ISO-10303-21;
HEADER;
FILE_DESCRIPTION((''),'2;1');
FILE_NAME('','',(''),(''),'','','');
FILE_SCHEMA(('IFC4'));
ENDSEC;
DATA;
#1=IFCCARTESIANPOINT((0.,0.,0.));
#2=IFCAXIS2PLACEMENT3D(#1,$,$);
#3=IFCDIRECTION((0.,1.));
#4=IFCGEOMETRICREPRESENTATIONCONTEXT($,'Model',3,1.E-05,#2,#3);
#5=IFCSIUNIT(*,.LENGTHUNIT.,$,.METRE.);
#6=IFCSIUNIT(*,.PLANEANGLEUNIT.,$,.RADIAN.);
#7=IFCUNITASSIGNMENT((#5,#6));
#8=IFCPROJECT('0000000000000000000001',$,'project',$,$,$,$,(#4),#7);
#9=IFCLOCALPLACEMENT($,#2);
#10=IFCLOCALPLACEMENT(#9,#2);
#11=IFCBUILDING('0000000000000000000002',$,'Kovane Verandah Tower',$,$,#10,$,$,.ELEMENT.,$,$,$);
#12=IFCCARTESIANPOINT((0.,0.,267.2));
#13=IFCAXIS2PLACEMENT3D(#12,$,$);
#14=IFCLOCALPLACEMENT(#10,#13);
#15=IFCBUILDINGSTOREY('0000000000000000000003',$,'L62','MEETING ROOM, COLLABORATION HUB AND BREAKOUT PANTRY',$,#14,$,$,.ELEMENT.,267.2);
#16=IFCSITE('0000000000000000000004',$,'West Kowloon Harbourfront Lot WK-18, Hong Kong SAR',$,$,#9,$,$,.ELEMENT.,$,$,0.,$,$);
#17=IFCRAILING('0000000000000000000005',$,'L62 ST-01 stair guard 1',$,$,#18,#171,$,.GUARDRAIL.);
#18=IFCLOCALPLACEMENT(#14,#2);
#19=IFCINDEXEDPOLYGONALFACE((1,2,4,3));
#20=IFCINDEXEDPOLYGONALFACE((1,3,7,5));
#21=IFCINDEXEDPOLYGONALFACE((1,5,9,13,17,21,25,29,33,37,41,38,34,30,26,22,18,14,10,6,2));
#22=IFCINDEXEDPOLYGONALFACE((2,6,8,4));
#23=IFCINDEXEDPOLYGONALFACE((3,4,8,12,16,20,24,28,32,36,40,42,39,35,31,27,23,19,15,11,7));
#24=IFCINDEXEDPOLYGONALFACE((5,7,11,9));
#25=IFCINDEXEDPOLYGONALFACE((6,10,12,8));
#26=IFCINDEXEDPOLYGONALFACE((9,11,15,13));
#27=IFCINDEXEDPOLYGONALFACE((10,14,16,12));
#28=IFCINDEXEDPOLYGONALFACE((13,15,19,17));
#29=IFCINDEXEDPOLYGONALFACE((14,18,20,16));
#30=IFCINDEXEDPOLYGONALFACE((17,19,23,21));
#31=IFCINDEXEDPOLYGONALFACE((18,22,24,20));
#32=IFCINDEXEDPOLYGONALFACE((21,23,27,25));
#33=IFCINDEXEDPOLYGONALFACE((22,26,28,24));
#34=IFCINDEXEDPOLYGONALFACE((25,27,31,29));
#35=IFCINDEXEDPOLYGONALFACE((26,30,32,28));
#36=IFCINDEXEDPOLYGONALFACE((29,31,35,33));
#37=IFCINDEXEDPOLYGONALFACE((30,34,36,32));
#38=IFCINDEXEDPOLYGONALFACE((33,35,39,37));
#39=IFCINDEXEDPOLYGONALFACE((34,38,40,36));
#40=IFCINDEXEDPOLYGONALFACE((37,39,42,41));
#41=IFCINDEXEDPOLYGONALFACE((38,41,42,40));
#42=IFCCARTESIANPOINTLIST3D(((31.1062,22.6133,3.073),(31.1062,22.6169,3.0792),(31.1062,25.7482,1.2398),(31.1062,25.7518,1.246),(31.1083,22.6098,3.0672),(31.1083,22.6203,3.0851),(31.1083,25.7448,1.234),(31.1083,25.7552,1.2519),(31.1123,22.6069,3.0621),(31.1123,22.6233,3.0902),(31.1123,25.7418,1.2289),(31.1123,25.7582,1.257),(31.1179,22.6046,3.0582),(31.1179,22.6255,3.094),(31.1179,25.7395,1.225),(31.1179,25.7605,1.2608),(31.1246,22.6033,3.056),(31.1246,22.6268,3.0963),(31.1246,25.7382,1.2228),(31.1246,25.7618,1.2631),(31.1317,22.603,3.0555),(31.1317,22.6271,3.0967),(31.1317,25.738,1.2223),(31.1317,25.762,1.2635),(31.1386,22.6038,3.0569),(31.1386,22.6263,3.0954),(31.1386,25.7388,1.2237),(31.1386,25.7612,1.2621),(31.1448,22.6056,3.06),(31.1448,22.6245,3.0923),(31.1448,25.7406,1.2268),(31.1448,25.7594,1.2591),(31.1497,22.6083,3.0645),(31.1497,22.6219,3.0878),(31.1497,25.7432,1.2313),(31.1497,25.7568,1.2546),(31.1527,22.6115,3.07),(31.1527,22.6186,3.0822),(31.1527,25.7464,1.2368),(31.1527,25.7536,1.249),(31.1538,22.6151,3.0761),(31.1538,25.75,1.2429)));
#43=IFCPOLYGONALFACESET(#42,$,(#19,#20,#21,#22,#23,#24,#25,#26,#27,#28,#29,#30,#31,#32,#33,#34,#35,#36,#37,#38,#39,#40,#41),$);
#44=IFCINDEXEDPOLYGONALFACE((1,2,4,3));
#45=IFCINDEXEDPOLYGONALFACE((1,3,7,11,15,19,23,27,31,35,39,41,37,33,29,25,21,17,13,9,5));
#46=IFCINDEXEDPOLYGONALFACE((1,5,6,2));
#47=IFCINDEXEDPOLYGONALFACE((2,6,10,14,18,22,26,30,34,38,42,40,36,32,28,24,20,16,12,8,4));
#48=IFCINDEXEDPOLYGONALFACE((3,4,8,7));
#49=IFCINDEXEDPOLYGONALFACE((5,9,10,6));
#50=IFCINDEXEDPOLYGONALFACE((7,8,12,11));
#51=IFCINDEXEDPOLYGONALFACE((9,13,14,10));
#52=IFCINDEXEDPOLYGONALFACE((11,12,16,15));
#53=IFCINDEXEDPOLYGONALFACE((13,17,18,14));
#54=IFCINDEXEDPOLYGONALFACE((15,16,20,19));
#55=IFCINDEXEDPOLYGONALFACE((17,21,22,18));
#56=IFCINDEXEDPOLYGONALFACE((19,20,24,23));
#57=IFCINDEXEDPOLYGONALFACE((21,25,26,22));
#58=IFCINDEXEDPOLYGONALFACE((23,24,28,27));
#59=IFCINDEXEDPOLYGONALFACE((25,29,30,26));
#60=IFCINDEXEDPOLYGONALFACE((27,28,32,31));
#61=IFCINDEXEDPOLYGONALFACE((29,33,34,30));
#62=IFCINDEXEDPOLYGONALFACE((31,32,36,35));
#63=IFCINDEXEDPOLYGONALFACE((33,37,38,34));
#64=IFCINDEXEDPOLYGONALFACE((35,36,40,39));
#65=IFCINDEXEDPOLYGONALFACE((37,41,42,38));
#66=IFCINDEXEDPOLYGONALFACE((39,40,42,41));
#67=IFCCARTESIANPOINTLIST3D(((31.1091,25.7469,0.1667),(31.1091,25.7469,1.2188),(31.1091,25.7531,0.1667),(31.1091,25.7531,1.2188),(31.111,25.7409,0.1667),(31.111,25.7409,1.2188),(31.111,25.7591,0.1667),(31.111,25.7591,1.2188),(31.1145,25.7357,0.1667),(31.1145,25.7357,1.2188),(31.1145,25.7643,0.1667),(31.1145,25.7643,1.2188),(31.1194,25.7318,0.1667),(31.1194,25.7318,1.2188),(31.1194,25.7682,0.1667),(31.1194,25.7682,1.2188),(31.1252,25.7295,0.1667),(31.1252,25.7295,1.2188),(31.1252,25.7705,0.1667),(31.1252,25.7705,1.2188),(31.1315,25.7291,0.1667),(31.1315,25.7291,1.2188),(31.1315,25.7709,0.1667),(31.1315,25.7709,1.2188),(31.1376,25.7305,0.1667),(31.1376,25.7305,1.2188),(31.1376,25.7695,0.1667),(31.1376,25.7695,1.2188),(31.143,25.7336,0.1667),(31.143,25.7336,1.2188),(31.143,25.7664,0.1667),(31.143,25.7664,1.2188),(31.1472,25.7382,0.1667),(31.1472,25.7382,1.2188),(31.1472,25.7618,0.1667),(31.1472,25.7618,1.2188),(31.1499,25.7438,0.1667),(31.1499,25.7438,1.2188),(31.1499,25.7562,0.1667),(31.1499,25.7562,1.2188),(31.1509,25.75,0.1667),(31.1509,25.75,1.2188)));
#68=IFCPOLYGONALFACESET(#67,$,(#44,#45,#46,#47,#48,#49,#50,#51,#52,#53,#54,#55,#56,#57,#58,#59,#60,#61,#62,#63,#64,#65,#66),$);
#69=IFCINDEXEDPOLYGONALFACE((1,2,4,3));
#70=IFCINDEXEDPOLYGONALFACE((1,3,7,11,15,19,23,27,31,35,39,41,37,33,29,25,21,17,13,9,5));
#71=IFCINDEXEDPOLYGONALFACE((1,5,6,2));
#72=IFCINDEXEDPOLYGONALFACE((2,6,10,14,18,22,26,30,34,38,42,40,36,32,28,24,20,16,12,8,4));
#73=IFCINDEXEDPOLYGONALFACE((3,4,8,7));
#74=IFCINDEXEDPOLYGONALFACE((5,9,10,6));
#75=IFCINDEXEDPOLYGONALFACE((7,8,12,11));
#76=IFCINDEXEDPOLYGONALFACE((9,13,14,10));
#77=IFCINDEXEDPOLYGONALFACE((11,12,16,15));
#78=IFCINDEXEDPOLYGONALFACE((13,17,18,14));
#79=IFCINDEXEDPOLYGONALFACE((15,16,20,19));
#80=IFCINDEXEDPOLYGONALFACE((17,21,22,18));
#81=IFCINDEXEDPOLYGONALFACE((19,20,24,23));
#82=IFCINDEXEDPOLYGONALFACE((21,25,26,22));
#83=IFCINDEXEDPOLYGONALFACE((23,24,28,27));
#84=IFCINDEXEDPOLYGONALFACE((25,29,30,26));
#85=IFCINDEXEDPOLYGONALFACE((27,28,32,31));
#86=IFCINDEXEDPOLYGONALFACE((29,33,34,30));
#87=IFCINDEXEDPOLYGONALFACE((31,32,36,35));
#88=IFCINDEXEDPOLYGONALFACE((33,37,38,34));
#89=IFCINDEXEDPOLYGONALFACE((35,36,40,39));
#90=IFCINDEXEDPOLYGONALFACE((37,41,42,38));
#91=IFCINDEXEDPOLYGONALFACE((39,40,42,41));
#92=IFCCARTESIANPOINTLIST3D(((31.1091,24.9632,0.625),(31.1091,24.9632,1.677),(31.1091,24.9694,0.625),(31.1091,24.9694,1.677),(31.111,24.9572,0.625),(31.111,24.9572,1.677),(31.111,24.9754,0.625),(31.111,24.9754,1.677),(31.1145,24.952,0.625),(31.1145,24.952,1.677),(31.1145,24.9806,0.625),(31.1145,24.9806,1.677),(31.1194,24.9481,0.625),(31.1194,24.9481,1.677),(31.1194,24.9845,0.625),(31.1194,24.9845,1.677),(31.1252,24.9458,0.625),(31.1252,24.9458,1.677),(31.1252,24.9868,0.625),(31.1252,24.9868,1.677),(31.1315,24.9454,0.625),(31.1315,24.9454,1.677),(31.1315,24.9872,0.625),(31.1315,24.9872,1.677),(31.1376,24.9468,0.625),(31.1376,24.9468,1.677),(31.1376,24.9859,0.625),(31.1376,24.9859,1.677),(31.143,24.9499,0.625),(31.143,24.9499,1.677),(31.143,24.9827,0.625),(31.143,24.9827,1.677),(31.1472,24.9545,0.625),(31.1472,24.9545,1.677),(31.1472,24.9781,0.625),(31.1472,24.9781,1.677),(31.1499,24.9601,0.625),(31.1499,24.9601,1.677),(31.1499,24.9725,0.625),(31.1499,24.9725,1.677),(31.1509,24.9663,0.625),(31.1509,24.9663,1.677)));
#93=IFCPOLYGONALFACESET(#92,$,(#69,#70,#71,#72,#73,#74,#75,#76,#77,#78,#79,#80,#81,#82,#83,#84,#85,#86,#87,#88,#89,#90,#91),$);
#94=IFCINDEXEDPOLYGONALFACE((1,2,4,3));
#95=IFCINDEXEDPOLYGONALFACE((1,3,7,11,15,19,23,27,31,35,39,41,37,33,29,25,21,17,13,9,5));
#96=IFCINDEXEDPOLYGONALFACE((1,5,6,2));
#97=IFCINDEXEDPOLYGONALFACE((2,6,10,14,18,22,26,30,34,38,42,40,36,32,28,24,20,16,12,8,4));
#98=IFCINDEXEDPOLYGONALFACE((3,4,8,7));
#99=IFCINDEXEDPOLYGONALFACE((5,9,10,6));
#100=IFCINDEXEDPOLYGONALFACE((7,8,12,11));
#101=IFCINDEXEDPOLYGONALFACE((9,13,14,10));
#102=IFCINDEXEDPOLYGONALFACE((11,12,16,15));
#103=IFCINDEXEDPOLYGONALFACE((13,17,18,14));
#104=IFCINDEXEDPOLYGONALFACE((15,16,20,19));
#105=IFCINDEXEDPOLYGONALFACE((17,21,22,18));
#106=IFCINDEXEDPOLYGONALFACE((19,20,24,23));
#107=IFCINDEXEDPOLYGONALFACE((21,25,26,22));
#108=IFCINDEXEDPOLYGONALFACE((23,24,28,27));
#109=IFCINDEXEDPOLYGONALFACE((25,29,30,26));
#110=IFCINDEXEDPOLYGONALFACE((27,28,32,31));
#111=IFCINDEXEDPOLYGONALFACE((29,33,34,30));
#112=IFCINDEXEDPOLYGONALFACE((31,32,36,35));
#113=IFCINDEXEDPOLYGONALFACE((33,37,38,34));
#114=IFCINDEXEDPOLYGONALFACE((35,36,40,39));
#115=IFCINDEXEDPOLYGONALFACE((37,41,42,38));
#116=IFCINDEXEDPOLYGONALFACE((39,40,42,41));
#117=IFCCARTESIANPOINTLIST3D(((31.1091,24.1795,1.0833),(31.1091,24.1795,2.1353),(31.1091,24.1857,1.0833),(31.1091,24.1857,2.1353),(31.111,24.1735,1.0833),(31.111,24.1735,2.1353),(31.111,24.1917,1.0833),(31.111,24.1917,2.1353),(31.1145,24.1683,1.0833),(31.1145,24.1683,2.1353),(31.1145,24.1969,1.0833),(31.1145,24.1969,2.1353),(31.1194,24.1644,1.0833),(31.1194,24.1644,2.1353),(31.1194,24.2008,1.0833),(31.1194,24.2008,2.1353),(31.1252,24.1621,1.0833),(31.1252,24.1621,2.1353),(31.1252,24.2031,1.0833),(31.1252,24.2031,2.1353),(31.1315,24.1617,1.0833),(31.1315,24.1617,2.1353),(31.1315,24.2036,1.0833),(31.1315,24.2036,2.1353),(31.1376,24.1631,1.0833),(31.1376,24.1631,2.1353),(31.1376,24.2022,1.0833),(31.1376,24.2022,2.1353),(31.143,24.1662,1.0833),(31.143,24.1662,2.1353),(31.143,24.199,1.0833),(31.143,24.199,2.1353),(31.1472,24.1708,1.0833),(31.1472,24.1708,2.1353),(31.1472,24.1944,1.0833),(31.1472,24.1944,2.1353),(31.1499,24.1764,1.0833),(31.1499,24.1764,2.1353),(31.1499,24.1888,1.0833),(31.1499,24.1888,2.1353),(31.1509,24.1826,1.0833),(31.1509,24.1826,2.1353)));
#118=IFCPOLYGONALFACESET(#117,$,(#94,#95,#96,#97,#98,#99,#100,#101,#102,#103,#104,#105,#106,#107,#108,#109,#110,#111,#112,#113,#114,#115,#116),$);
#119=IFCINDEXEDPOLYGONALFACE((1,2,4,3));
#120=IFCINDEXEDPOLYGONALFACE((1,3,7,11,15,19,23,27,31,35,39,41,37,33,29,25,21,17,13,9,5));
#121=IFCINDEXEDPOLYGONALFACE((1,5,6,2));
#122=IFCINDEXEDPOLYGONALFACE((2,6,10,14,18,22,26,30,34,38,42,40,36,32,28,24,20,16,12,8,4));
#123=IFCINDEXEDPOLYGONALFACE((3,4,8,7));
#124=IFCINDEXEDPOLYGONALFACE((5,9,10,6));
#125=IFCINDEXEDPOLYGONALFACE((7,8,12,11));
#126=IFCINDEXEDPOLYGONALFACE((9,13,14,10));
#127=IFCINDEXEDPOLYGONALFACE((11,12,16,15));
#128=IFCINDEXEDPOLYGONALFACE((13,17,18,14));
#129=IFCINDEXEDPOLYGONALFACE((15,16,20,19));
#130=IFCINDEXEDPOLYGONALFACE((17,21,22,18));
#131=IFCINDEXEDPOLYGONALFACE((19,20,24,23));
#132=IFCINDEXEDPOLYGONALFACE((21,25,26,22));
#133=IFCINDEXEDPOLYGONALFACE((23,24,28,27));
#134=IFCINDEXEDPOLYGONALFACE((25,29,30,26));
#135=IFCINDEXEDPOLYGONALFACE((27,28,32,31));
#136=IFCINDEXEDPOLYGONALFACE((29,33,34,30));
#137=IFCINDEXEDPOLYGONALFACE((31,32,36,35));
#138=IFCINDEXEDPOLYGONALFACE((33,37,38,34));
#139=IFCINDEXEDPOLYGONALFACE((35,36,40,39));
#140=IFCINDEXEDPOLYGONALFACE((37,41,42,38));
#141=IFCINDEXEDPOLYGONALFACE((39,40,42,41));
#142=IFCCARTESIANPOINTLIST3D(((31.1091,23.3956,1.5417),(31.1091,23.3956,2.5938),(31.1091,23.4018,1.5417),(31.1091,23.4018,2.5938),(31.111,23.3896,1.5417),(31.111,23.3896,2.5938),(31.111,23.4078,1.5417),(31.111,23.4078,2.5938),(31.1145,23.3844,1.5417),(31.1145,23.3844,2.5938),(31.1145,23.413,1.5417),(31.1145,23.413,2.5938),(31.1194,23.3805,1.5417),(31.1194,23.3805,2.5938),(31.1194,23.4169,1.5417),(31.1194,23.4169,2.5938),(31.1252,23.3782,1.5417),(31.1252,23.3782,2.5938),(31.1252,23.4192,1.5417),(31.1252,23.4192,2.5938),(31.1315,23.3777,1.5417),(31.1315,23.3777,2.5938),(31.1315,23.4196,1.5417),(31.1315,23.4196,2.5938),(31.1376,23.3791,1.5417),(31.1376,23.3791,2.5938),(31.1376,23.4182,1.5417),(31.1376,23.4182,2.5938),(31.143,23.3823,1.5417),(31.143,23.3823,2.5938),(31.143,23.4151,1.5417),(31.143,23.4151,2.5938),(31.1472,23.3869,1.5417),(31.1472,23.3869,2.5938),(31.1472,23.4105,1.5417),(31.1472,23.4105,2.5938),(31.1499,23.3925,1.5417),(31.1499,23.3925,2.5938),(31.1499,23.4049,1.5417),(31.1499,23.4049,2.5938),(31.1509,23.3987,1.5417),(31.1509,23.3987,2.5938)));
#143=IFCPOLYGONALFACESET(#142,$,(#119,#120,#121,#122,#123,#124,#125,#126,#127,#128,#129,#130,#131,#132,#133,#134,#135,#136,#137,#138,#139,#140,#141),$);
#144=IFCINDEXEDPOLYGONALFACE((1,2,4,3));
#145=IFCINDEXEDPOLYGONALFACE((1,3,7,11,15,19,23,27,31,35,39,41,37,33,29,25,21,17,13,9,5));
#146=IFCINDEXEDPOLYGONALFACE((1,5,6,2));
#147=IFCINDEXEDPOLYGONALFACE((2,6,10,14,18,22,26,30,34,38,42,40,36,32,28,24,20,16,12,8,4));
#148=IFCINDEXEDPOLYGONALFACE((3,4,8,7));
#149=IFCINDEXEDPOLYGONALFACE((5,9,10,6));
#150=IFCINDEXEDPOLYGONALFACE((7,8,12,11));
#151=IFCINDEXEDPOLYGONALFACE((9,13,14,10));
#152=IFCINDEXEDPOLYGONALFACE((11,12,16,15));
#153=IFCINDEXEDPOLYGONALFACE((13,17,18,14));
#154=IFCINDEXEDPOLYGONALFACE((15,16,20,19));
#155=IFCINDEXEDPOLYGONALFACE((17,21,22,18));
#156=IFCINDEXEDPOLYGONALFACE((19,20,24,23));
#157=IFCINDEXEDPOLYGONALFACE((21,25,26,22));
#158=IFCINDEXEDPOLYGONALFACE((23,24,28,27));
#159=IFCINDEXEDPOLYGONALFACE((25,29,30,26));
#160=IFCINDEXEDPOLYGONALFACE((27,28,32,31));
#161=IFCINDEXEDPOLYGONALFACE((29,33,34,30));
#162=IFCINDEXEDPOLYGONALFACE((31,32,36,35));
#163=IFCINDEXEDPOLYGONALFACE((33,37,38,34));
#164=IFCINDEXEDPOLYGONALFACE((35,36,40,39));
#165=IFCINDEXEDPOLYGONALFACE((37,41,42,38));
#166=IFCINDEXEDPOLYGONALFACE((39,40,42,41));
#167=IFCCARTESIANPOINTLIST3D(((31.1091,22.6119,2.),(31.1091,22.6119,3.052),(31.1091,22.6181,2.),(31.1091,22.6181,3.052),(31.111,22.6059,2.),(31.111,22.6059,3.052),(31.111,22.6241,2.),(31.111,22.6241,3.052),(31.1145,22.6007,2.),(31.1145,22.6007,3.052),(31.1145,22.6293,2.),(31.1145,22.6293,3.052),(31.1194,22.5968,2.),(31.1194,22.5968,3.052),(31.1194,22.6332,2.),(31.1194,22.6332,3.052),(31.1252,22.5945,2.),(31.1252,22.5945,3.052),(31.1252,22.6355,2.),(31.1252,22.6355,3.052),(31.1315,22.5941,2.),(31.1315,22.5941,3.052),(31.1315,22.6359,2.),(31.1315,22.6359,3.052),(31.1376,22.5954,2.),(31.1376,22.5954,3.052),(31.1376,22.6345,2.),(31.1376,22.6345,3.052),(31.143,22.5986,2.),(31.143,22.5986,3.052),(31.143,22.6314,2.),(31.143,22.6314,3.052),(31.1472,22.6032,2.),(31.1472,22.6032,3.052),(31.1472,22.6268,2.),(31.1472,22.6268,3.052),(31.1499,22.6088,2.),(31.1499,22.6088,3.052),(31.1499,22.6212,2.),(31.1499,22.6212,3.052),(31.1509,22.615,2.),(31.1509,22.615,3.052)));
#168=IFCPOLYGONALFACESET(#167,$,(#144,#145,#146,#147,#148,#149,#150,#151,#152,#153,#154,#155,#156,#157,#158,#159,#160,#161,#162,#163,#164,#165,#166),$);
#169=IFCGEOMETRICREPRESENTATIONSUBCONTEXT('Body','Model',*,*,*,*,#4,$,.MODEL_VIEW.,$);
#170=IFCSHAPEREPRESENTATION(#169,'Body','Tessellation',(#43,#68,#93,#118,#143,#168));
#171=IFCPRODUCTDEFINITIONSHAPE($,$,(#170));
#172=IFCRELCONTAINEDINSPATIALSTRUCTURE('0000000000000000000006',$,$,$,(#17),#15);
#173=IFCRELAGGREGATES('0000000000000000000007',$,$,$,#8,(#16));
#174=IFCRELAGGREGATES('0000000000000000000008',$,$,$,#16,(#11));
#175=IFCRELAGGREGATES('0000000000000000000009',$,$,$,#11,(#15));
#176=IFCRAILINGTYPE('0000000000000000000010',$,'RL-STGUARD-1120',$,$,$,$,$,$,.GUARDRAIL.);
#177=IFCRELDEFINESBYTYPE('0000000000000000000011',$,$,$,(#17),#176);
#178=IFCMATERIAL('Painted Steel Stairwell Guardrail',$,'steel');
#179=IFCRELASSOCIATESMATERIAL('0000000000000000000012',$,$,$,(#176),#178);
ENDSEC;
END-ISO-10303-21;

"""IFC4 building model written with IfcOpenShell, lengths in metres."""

from ifc_helpers import new_model, si_unit, direction, frame, origin, origin_2d, place, context, subcontext, project, spatial, circle, extrude, material, type_object, element, save


model = new_model("IFC4")

# Units and contexts
model_context = context("Model", 3, precision=1e-05, world=origin(), true_north=direction((0.0, 1.0)))
body_context = subcontext(model_context, "Body", "Model", "MODEL_VIEW")
ifc_project = project(units=[si_unit("LENGTHUNIT", "METRE"), si_unit("PLANEANGLEUNIT", "RADIAN")], contexts=[model_context])

# Site, building, storey
site_placement = place(None, origin())
site = spatial("IfcSite", under=ifc_project, at=site_placement, Name="West Kowloon Harbourfront Lot WK-18, Hong Kong SAR", CompositionType="ELEMENT", RefElevation=0.0)
building_placement = place(site_placement, origin())
building = spatial("IfcBuilding", under=site, at=building_placement, Name="Kovane Verandah Tower", CompositionType="ELEMENT")
storey_placement = place(building_placement, frame((0.0, 0.0, 267.2)))
storey = spatial("IfcBuildingStorey", under=building, at=storey_placement, Name="L62", Description="MEETING ROOM, COLLABORATION HUB AND BREAKOUT PANTRY", CompositionType="ELEMENT", Elevation=267.2)

# Railing
ifc_material_1 = material(Name="Painted Steel Stairwell Guardrail", Category="steel")
railing_type_1 = type_object("IfcRailingType", Name="RL-STGUARD-1120", PredefinedType="GUARDRAIL", material=ifc_material_1)
railing_1_placement = place(storey_placement, frame((31.1299, 25.75, 0.1667)))
element("IfcRailing", 1, at=railing_1_placement, inside=storey, type_object=railing_type_1, Name="L62 ST-01 stair guard 1", PredefinedType="GUARDRAIL", context=body_context, shape_type="SweptSolid", body=[
    extrude(circle(Radius=0.0239, at=origin_2d()), frame((0.0, 0.0, 1.0762), z_axis=(0.0, -0.86324, 0.504794), x_axis=(1.0, 0.0, 0.0)), (0.0, 0.0, 1.0), 3.6316),
    extrude(circle(Radius=0.021, at=origin_2d()), origin(), (0.0, 0.0, 1.0), 1.052),
    extrude(circle(Radius=0.021, at=origin_2d()), frame((0.0, -0.7837, 0.4583)), (0.0, 0.0, 1.0), 1.052),
    extrude(circle(Radius=0.021, at=origin_2d()), frame((0.0, -1.5674, 0.9165)), (0.0, 0.0, 1.0), 1.052),
    extrude(circle(Radius=0.021, at=origin_2d()), frame((0.0, -2.3513, 1.375)), (0.0, 0.0, 1.0), 1.052),
    extrude(circle(Radius=0.021, at=origin_2d()), frame((0.0, -3.135, 1.8333)), (0.0, 0.0, 1.0), 1.052),
])

save(model, "model.ifc")
